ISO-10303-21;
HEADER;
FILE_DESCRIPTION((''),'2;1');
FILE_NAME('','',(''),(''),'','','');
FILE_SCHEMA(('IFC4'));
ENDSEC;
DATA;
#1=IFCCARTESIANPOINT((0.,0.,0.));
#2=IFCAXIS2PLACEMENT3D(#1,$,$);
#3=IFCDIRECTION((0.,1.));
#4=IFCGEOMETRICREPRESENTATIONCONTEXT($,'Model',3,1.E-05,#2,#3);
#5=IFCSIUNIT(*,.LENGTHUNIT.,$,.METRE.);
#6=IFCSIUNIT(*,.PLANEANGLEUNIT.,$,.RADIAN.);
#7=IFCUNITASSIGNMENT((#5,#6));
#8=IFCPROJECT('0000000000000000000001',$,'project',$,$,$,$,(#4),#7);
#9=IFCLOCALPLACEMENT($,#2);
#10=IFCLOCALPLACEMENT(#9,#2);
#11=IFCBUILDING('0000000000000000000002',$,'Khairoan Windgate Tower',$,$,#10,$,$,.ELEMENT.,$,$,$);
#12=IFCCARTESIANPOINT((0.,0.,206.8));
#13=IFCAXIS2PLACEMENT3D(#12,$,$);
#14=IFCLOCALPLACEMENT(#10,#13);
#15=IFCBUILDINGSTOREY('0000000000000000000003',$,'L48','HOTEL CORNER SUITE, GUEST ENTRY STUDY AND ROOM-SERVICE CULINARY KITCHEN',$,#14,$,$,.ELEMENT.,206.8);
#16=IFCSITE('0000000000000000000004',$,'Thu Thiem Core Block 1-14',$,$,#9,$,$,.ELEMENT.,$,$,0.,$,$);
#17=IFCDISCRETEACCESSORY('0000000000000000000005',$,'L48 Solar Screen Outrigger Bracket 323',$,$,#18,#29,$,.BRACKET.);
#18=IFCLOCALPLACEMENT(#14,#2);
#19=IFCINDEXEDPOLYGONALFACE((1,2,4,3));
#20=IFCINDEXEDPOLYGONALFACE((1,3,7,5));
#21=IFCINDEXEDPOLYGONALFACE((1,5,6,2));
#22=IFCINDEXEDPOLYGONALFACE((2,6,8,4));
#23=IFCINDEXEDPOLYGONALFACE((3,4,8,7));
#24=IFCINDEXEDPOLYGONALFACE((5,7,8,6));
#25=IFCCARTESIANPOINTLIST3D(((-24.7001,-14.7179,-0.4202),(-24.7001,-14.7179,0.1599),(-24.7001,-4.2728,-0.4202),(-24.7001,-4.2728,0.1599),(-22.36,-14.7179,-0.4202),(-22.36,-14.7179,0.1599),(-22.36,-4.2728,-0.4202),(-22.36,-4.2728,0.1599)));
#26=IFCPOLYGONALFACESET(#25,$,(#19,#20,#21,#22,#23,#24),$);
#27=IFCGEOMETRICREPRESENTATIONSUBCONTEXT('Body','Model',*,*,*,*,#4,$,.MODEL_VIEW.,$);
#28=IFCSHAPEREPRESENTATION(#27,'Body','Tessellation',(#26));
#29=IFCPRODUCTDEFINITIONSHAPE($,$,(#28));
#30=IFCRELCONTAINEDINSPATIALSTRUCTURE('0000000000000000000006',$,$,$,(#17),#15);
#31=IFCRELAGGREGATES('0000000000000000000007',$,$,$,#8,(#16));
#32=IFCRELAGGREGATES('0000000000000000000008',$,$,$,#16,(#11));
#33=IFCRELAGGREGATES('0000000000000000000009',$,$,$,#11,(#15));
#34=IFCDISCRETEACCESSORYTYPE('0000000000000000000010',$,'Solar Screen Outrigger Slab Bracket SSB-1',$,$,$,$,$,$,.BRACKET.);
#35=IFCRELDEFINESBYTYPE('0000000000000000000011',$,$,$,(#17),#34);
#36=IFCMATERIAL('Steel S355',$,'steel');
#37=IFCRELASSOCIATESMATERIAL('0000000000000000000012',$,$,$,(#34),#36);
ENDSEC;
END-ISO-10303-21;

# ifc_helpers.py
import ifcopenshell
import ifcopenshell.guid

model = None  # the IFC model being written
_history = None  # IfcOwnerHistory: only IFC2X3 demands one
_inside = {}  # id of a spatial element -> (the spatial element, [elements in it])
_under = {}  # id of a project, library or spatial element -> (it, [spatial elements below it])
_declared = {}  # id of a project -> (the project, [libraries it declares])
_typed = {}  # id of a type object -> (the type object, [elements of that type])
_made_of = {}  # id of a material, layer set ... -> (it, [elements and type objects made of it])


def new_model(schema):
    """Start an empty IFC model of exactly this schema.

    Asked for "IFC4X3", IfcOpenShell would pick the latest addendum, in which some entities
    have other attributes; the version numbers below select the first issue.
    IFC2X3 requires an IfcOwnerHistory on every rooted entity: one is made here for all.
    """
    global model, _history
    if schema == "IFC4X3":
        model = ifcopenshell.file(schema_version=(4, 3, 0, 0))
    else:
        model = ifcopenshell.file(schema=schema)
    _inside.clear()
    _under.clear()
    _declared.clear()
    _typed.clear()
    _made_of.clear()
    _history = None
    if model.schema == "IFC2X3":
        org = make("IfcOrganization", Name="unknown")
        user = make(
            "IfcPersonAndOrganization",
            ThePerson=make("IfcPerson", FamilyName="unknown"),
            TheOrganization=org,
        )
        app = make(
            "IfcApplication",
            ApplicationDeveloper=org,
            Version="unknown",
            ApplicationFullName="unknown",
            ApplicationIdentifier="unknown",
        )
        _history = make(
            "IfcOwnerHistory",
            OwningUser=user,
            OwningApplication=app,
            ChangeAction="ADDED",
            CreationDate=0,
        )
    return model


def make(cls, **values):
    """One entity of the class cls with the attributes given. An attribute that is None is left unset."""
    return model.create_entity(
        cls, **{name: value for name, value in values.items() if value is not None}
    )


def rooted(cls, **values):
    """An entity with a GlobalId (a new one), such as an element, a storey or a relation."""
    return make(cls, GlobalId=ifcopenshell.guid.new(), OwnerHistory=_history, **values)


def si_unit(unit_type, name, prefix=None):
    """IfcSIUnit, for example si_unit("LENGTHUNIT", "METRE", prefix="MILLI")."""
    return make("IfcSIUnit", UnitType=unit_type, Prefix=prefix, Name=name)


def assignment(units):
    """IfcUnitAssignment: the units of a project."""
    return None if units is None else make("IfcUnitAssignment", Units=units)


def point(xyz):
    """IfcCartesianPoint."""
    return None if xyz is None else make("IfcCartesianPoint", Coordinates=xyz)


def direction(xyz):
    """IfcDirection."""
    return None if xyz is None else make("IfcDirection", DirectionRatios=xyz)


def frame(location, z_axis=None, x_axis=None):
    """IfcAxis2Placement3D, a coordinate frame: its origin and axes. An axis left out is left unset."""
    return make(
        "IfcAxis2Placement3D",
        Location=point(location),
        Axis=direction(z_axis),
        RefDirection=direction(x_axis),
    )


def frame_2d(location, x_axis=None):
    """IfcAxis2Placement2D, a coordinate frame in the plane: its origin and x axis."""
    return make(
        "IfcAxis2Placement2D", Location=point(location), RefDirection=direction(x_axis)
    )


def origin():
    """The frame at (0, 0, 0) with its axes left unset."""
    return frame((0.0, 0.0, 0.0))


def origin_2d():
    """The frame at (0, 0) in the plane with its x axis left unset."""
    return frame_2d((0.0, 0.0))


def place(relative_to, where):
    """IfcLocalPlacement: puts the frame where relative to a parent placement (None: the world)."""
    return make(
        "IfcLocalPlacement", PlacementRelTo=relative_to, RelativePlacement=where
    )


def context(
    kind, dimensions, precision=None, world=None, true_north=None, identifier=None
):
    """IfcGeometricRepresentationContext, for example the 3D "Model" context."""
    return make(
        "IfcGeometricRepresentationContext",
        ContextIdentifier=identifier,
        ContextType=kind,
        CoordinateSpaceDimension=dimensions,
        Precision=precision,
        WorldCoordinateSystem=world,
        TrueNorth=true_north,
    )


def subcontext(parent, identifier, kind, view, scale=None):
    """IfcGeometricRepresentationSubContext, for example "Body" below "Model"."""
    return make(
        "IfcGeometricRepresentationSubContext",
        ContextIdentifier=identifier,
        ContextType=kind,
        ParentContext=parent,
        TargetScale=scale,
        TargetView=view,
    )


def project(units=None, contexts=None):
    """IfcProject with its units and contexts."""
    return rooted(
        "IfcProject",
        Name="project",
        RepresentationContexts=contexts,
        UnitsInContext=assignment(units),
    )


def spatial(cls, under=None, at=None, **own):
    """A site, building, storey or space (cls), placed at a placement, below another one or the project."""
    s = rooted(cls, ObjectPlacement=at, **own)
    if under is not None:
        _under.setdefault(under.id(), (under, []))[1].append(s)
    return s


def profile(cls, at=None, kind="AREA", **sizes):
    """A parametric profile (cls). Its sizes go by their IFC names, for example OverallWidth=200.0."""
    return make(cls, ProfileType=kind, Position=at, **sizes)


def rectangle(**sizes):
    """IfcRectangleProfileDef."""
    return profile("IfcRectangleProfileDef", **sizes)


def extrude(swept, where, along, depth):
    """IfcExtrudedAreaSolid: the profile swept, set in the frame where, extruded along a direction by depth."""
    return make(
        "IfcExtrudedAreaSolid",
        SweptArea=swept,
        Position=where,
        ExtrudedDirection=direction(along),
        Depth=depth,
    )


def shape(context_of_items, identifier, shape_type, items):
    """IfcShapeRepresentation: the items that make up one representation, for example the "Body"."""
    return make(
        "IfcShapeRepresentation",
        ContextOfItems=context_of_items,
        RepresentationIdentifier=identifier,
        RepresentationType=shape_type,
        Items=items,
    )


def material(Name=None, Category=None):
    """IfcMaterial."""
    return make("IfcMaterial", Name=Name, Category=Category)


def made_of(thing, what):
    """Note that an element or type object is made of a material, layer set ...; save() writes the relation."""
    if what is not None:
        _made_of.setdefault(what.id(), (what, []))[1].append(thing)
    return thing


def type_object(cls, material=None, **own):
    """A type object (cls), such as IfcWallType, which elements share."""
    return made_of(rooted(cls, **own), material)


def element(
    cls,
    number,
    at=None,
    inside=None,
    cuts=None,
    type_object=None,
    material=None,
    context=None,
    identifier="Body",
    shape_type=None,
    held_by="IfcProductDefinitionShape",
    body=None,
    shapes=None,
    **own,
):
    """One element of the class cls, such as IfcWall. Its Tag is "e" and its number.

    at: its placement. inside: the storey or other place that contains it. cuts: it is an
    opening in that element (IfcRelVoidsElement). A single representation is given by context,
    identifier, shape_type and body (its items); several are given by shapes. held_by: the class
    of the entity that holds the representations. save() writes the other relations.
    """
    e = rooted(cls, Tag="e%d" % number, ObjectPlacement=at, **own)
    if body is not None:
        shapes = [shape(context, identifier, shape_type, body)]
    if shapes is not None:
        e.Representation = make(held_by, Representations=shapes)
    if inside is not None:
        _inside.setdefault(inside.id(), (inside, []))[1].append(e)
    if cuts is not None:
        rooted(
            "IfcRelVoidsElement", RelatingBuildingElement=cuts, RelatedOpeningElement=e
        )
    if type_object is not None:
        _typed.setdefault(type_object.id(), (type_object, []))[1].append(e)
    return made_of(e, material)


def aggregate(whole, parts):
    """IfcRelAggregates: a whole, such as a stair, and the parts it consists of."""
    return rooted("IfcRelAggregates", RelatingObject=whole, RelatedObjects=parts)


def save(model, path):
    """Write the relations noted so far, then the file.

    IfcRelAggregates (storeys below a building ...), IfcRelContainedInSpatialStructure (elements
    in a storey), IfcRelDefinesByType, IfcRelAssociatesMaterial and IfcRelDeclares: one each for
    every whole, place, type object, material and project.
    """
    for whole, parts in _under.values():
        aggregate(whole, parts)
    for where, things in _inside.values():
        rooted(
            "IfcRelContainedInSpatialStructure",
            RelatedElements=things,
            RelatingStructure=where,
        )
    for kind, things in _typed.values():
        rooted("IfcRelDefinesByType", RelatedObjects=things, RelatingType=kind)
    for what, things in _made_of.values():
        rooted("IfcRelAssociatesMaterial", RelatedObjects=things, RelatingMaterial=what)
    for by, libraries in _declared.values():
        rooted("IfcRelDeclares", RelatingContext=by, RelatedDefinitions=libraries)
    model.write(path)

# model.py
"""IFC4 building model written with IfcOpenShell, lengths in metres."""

from ifc_helpers import new_model, si_unit, direction, frame, origin, origin_2d, place, context, subcontext, project, spatial, rectangle, extrude, material, type_object, element, save


model = new_model("IFC4")

# Units and contexts
model_context = context("Model", 3, precision=1e-05, world=origin(), true_north=direction((0.0, 1.0)))
body_context = subcontext(model_context, "Body", "Model", "MODEL_VIEW")
ifc_project = project(units=[si_unit("LENGTHUNIT", "METRE"), si_unit("PLANEANGLEUNIT", "RADIAN")], contexts=[model_context])

# Site, building, storey
site_placement = place(None, origin())
site = spatial("IfcSite", under=ifc_project, at=site_placement, Name="Thu Thiem Core Block 1-14", CompositionType="ELEMENT", RefElevation=0.0)
building_placement = place(site_placement, origin())
building = spatial("IfcBuilding", under=site, at=building_placement, Name="Khairoan Windgate Tower", CompositionType="ELEMENT")
storey_placement = place(building_placement, frame((0.0, 0.0, 206.8)))
storey = spatial("IfcBuildingStorey", under=building, at=storey_placement, Name="L48", Description="HOTEL CORNER SUITE, GUEST ENTRY STUDY AND ROOM-SERVICE CULINARY KITCHEN", CompositionType="ELEMENT", Elevation=206.8)

# Discrete accessory
ifc_material_1 = material(Name="Steel S355", Category="steel")
discrete_accessory_type = type_object("IfcDiscreteAccessoryType", Name="Solar Screen Outrigger Slab Bracket SSB-1", PredefinedType="BRACKET", material=ifc_material_1)
discrete_accessory_placement = place(storey_placement, frame((-23.53, -9.4954, -0.4202), z_axis=(0.0, 0.0, 1.0), x_axis=(0.0, 1.0, 0.0)))
element("IfcDiscreteAccessory", 1, at=discrete_accessory_placement, inside=storey, type_object=discrete_accessory_type, Name="L48 Solar Screen Outrigger Bracket 323", PredefinedType="BRACKET", context=body_context, shape_type="SweptSolid", body=[
    extrude(rectangle(XDim=10.4451, YDim=2.3401, at=origin_2d()), origin(), (0.0, 0.0, 1.0), 0.5801),
])

save(model, "model.ifc")
